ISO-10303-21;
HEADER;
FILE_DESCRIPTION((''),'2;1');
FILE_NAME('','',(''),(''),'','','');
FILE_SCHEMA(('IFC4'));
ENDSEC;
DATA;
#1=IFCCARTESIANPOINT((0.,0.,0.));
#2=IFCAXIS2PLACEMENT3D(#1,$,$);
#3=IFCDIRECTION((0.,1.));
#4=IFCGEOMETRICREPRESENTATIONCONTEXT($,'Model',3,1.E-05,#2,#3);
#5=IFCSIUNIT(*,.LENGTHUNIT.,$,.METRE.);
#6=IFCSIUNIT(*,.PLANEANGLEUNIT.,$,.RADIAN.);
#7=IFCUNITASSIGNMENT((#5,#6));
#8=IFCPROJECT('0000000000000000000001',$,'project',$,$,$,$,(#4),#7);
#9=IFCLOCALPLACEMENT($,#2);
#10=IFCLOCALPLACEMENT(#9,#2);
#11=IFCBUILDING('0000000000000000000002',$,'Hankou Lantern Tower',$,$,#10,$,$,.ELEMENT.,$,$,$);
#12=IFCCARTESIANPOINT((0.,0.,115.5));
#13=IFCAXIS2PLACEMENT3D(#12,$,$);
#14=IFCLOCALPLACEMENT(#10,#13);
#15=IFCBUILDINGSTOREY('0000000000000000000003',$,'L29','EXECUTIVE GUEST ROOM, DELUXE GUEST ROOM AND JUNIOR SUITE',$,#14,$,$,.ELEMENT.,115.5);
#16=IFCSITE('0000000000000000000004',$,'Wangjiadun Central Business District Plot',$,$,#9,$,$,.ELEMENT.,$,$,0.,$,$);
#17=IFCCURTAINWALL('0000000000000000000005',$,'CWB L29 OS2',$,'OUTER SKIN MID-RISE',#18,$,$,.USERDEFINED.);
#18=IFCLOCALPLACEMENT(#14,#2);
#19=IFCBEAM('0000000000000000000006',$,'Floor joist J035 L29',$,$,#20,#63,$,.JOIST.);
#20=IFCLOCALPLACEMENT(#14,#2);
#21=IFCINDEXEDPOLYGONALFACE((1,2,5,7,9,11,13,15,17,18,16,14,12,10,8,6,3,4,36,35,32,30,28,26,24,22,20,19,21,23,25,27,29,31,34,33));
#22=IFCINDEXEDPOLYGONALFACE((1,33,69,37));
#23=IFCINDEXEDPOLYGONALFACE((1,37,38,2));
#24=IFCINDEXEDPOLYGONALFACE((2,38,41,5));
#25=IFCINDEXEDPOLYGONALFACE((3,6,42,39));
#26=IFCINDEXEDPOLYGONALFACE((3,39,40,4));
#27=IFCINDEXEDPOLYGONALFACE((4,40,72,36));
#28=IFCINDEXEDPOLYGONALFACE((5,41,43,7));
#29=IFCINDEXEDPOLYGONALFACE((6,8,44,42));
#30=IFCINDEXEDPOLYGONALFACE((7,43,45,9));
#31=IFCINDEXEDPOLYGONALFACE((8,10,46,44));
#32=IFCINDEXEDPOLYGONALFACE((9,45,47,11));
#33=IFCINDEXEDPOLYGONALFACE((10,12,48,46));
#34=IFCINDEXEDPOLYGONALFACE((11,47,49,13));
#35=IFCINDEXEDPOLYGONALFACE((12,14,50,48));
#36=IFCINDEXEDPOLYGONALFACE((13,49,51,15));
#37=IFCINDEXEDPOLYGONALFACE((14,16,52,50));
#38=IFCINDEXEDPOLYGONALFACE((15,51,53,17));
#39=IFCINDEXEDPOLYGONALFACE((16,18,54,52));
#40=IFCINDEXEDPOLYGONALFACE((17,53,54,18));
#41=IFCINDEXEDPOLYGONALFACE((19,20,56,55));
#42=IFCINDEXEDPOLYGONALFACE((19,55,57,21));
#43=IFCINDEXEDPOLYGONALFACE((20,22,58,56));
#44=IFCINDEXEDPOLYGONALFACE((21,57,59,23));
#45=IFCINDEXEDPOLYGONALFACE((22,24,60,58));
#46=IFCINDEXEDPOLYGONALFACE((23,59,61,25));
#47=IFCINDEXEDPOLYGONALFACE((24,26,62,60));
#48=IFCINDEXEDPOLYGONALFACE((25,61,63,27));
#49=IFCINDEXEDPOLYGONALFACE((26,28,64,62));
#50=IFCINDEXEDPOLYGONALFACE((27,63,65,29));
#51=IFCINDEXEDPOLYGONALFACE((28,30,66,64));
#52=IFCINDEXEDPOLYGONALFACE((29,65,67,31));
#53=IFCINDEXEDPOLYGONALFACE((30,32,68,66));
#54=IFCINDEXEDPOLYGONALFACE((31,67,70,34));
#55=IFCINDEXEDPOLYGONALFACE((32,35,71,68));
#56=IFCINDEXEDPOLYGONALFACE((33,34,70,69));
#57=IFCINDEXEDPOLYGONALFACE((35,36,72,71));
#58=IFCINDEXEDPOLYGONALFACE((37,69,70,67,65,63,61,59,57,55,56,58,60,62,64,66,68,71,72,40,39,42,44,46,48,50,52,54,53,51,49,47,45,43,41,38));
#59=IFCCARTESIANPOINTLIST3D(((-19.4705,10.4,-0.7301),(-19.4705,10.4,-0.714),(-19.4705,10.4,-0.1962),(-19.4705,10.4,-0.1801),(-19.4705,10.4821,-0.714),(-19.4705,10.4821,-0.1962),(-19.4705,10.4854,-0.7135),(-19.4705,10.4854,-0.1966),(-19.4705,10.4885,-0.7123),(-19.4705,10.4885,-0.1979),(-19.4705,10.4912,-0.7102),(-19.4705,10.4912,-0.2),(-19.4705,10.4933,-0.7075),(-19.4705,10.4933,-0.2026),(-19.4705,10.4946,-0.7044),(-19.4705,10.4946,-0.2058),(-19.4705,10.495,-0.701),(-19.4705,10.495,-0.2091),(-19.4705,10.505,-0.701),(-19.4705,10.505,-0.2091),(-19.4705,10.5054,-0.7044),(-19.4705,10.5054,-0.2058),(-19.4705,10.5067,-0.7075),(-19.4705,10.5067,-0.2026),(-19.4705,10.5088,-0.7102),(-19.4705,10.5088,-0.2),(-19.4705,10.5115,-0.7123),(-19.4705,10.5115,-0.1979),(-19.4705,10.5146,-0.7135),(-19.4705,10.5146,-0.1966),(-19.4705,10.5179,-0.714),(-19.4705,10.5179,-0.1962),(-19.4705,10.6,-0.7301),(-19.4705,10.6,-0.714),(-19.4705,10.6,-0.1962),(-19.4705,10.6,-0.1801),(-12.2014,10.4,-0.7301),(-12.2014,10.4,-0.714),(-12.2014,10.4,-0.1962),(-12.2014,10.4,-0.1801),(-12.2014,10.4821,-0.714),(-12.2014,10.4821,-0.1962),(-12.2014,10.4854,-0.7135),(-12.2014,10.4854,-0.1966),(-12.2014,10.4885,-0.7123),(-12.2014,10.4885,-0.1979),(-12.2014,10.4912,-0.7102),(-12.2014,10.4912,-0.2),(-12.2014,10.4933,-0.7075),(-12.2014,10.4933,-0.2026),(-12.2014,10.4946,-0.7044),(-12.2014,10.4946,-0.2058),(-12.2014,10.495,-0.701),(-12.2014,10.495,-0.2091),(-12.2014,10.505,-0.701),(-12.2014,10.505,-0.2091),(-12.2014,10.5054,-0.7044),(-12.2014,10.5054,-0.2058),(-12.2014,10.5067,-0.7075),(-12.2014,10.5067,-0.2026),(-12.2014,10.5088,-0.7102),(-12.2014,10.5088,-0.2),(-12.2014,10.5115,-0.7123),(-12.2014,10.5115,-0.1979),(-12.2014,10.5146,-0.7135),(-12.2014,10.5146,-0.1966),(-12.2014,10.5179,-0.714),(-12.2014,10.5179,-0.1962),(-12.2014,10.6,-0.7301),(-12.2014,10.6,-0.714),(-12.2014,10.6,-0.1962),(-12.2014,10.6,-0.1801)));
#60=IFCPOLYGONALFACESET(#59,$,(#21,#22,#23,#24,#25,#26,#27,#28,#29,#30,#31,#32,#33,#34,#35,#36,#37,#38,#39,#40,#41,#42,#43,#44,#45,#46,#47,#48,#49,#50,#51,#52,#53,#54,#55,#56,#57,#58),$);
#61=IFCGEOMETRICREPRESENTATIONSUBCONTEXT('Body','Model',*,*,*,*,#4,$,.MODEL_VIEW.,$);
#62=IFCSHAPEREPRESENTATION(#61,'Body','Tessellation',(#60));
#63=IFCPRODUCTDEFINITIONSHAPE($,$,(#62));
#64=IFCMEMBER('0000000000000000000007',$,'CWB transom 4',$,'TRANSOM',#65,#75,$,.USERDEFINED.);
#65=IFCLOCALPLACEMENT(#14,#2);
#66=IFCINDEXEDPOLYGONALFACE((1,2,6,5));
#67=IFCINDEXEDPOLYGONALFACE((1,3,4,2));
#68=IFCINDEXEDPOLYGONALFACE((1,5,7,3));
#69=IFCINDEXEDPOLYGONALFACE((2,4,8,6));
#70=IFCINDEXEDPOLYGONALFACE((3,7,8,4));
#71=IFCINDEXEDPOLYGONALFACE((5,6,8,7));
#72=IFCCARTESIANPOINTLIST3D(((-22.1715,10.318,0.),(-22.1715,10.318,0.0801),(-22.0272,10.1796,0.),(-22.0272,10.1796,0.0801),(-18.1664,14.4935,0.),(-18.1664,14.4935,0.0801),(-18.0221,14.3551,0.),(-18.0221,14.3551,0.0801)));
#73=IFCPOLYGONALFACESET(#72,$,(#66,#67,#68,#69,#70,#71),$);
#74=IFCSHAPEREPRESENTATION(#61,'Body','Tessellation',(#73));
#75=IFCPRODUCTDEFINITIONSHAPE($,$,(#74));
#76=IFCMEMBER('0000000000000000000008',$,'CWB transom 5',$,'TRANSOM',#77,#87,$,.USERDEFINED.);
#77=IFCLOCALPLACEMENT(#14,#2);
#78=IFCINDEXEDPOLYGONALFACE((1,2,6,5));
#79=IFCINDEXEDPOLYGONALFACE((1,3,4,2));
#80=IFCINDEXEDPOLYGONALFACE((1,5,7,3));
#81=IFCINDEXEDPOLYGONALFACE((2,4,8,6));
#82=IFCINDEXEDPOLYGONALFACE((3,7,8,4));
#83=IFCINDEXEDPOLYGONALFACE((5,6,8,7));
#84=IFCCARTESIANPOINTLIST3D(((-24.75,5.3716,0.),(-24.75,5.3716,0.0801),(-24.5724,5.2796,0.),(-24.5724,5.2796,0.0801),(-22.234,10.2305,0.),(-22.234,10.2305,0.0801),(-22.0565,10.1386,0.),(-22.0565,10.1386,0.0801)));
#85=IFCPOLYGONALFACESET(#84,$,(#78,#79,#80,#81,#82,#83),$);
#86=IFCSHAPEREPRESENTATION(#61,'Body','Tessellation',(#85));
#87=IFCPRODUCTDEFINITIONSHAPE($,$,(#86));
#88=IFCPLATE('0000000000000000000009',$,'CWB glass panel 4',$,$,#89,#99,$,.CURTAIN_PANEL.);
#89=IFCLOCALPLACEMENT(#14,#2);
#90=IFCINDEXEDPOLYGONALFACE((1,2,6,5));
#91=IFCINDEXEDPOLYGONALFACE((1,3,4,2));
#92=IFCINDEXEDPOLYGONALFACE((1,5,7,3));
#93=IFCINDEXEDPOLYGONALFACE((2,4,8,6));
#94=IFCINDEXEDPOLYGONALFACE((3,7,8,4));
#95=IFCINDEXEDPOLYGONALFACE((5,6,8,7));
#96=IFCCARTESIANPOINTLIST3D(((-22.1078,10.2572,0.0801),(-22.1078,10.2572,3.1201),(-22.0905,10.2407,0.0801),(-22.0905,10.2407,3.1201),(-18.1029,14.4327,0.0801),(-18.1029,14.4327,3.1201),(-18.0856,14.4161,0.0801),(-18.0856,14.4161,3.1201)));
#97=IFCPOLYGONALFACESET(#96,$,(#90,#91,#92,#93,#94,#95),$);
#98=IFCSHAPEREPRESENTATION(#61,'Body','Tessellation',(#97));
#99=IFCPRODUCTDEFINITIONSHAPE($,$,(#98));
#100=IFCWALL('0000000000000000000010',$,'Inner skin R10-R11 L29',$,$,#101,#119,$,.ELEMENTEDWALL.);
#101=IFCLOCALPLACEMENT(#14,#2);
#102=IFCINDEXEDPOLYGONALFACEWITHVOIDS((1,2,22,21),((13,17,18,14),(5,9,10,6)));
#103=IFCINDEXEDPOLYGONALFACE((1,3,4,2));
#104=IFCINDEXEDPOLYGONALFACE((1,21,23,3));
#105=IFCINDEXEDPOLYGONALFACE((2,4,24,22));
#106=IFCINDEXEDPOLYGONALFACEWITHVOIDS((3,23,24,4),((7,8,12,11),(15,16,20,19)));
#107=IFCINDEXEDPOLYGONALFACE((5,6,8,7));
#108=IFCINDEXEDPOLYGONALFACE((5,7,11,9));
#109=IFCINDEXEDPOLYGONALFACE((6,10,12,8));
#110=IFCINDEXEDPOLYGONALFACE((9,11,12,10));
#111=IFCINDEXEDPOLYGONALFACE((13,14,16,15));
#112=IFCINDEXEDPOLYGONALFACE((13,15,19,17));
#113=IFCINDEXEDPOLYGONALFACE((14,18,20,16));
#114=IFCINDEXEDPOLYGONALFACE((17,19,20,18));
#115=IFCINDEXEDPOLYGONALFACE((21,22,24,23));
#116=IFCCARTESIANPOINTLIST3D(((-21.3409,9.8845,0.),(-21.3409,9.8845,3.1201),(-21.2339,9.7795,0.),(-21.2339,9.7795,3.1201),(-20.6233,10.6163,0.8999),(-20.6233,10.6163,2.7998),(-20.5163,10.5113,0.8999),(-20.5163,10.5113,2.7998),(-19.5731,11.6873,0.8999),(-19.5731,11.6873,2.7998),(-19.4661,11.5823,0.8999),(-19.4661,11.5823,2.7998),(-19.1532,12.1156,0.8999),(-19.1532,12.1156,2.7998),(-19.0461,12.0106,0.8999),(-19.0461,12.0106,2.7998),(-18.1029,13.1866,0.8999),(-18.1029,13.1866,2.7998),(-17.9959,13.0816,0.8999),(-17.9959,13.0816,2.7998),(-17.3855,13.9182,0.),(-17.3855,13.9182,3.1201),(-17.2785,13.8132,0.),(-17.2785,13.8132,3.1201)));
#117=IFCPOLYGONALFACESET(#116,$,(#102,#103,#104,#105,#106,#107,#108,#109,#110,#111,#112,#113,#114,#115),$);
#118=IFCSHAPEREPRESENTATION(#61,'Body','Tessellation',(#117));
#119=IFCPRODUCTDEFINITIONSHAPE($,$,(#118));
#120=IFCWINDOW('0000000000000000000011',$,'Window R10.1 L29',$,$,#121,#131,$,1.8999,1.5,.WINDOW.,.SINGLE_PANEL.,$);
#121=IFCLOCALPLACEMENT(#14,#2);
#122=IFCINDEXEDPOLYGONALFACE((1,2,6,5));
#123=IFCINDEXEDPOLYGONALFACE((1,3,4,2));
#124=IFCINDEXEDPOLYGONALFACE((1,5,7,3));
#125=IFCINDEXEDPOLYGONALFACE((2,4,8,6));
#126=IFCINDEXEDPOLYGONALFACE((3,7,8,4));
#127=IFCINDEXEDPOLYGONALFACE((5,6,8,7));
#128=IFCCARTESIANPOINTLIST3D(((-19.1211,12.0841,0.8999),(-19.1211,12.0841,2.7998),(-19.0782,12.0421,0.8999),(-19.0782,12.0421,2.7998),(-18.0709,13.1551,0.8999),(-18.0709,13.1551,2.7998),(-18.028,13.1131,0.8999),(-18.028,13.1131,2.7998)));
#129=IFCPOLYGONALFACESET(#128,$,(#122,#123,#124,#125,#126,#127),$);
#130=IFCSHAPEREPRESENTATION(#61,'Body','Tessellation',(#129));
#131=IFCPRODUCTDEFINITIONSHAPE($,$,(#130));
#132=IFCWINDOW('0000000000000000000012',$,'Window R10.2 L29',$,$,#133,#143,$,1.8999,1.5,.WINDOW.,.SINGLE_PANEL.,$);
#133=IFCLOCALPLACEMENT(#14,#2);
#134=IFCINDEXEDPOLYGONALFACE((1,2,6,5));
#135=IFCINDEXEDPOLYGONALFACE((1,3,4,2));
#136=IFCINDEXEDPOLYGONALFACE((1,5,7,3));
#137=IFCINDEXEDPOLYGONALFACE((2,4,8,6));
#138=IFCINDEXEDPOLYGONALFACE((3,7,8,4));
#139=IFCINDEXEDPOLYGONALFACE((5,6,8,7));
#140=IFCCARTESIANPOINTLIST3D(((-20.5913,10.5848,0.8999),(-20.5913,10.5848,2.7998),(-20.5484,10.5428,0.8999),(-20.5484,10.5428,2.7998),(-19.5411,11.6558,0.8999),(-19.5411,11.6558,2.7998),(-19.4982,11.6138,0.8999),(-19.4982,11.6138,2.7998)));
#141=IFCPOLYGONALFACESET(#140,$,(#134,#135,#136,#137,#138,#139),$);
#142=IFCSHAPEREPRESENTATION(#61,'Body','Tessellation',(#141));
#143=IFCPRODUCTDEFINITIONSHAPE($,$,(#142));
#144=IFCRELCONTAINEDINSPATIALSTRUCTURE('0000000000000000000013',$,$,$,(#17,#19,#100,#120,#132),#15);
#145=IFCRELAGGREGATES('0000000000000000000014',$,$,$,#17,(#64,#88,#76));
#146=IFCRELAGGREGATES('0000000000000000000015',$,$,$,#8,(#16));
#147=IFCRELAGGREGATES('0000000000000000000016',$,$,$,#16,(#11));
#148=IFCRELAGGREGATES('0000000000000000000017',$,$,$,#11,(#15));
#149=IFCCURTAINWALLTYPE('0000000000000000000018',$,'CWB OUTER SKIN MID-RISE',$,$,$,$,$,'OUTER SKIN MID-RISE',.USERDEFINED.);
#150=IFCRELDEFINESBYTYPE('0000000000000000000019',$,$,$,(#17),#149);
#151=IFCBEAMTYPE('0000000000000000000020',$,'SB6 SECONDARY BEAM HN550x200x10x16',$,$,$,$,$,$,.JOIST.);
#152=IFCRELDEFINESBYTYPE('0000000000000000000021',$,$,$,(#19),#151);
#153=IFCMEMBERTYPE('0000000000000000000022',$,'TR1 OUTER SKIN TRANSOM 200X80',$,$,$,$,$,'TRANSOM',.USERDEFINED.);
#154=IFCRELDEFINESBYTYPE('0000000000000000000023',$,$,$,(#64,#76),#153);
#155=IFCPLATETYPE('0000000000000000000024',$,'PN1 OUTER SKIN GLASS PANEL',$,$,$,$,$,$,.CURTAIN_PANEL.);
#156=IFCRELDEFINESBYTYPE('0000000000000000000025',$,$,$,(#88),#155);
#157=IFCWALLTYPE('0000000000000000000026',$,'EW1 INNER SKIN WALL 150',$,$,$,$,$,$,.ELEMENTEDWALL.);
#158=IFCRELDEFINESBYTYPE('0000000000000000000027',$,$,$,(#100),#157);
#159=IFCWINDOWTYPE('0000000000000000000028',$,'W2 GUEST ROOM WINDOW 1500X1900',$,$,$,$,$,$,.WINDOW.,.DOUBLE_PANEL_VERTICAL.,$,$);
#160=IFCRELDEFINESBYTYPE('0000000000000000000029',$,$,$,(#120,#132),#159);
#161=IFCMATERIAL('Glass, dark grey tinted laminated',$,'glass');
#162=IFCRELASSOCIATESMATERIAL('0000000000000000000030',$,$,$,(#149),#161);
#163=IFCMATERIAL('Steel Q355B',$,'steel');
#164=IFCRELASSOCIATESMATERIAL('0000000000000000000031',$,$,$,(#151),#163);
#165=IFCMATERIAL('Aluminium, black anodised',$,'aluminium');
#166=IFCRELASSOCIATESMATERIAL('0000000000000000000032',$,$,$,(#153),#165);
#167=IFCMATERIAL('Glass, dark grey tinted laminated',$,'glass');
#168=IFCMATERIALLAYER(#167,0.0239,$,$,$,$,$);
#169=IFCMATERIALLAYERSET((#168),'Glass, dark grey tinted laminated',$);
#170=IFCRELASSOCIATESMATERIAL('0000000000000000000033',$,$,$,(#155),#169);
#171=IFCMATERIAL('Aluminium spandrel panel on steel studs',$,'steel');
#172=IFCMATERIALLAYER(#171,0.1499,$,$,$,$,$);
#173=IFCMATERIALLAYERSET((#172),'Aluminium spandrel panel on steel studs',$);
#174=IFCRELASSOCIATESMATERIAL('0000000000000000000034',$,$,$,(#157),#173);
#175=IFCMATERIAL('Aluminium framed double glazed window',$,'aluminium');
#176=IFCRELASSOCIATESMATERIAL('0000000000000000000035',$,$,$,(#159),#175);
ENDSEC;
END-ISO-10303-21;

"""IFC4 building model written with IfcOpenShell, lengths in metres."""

from ifc_helpers import new_model, si_unit, direction, frame, frame_2d, origin, origin_2d, place, context, subcontext, project, spatial, rectangle, i_section, extrude, material, layer, layer_set, material_profile, profile_set, type_object, element, fill, aggregate, save


model = new_model("IFC4")

# Units and contexts
model_context = context("Model", 3, precision=1e-05, world=origin(), true_north=direction((0.0, 1.0)))
body_context = subcontext(model_context, "Body", "Model", "MODEL_VIEW")
ifc_project = project(units=[si_unit("LENGTHUNIT", "METRE"), si_unit("PLANEANGLEUNIT", "RADIAN")], contexts=[model_context])

# Site, building, storey
site_placement = place(None, origin())
site = spatial("IfcSite", under=ifc_project, at=site_placement, Name="Wangjiadun Central Business District Plot", CompositionType="ELEMENT", RefElevation=0.0)
building_placement = place(site_placement, origin())
building = spatial("IfcBuilding", under=site, at=building_placement, Name="Hankou Lantern Tower", CompositionType="ELEMENT")
storey_placement = place(building_placement, frame((0.0, 0.0, 115.5)))
storey = spatial("IfcBuildingStorey", under=building, at=storey_placement, Name="L29", Description="EXECUTIVE GUEST ROOM, DELUXE GUEST ROOM AND JUNIOR SUITE", CompositionType="ELEMENT", Elevation=115.5)

# Curtain wall
ifc_material_1 = material(Name="Glass, dark grey tinted laminated", Category="glass")
curtain_wall_type = type_object("IfcCurtainWallType", Name="CWB OUTER SKIN MID-RISE", ElementType="OUTER SKIN MID-RISE", PredefinedType="USERDEFINED", material=ifc_material_1)
curtain_wall_placement = place(storey_placement, origin())
curtain_wall = element("IfcCurtainWall", 1, at=curtain_wall_placement, inside=storey, type_object=curtain_wall_type, Name="CWB L29 OS2", ObjectType="OUTER SKIN MID-RISE", PredefinedType="USERDEFINED")

# Beam
ifc_material_2 = material(Name="Steel Q355B", Category="steel")
ifc_material_profile_1 = material_profile(ifc_material_2, i_section(OverallWidth=0.2, OverallDepth=0.55, WebThickness=0.01, FlangeThickness=0.0161, FilletRadius=0.0129, at=origin_2d()), Name="HN550x200x10x16")
ifc_profile_set_1 = profile_set([ifc_material_profile_1], Name="Steel Q355B")
beam_type_1 = type_object("IfcBeamType", Name="SB6 SECONDARY BEAM HN550x200x10x16", PredefinedType="JOIST", material=ifc_profile_set_1)
beam_1_placement = place(storey_placement, frame((-19.4705, 10.5, -0.4551), z_axis=(1.0, 0.0, 0.0), x_axis=(0.0, 1.0, 0.0)))
element("IfcBeam", 2, at=beam_1_placement, inside=storey, type_object=beam_type_1, Name="Floor joist J035 L29", PredefinedType="JOIST", context=body_context, shape_type="SweptSolid", body=[
    extrude(i_section(OverallWidth=0.2, OverallDepth=0.55, WebThickness=0.01, FlangeThickness=0.0161, FilletRadius=0.0129, at=origin_2d()), origin(), (0.0, 0.0, 1.0), 7.269),
])

# Members
ifc_material_3 = material(Name="Aluminium, black anodised", Category="aluminium")
ifc_material_profile_2 = material_profile(ifc_material_3, rectangle(XDim=0.2, YDim=0.0801, at=origin_2d()), Name="TR1 200X80")
ifc_profile_set_2 = profile_set([ifc_material_profile_2], Name="Aluminium, black anodised")
member_type_1 = type_object("IfcMemberType", Name="TR1 OUTER SKIN TRANSOM 200X80", ElementType="TRANSOM", PredefinedType="USERDEFINED", material=ifc_profile_set_2)
member_1_placement = place(storey_placement, frame((-18.0942, 14.4243, 0.04), z_axis=(-0.692227, -0.72168, 0.0), x_axis=(0.72168, -0.692227, 0.0)))
member_1 = element("IfcMember", 3, at=member_1_placement, type_object=member_type_1, Name="CWB transom 4", ObjectType="TRANSOM", PredefinedType="USERDEFINED", context=body_context, shape_type="SweptSolid", body=[
    extrude(rectangle(XDim=0.2, YDim=0.0801, at=origin_2d()), origin(), (0.0, 0.0, 1.0), 5.7859),
])
member_2_placement = place(storey_placement, frame((-22.1453, 10.1846, 0.04), z_axis=(-0.459805, -0.88802, 0.0), x_axis=(0.88802, -0.459805, 0.0)))
member_2 = element("IfcMember", 4, at=member_2_placement, type_object=member_type_1, Name="CWB transom 5", ObjectType="TRANSOM", PredefinedType="USERDEFINED", context=body_context, shape_type="SweptSolid", body=[
    extrude(rectangle(XDim=0.2, YDim=0.0801, at=origin_2d()), origin(), (0.0, 0.0, 1.0), 5.4717),
])

# Plate
ifc_material_4 = material(Name="Glass, dark grey tinted laminated", Category="glass")
ifc_layer_1 = layer(ifc_material_4, 0.0239)
ifc_layer_set_1 = layer_set([ifc_layer_1], Name="Glass, dark grey tinted laminated")
plate_type = type_object("IfcPlateType", Name="PN1 OUTER SKIN GLASS PANEL", PredefinedType="CURTAIN_PANEL", material=ifc_layer_set_1)
plate_placement = place(storey_placement, frame((-20.0967, 12.3367, 0.0801), z_axis=(0.0, 0.0, 1.0), x_axis=(-0.692216, -0.721691, 0.0)))
plate = element("IfcPlate", 5, at=plate_placement, type_object=plate_type, Name="CWB glass panel 4", PredefinedType="CURTAIN_PANEL", context=body_context, shape_type="SweptSolid", body=[
    extrude(rectangle(XDim=5.7856, YDim=0.0239, at=origin_2d()), origin(), (0.0, 0.0, 1.0), 3.04),
])
aggregate(curtain_wall, [member_1, plate, member_2])

# Wall, openings, windows
ifc_material_5 = material(Name="Aluminium spandrel panel on steel studs", Category="steel")
ifc_layer_2 = layer(ifc_material_5, 0.1499)
ifc_layer_set_2 = layer_set([ifc_layer_2], Name="Aluminium spandrel panel on steel studs")
wall_type = type_object("IfcWallType", Name="EW1 INNER SKIN WALL 150", PredefinedType="ELEMENTEDWALL", material=ifc_layer_set_2)
wall_1_placement = place(storey_placement, frame((-17.332, 13.8657, 0.0), z_axis=(0.0, 0.0, 1.0), x_axis=(-0.700137, -0.714009, 0.0)))
wall_1 = element("IfcWall", 6, at=wall_1_placement, inside=storey, type_object=wall_type, Name="Inner skin R10-R11 L29", PredefinedType="ELEMENTEDWALL", context=body_context, shape_type="SweptSolid", body=[
    extrude(rectangle(XDim=5.6494, YDim=0.1499, at=frame_2d((2.8247, 0.0))), origin(), (0.0, 0.0, 1.0), 3.1201),
])
opening_1_placement = place(wall_1_placement, frame((1.0247, 0.0, 0.8999)))
opening_1 = element("IfcOpeningElement", 7, at=opening_1_placement, cuts=wall_1, PredefinedType="OPENING", context=body_context, shape_type="SweptSolid", body=[
    extrude(rectangle(XDim=1.5, YDim=1.8999, at=frame_2d((0.75, 0.95))), frame((0.0, 0.085, 0.0), z_axis=(0.0, -1.0, 0.0), x_axis=(1.0, 0.0, 0.0)), (0.0, 0.0, 1.0), 0.1699),
])
opening_2_placement = place(wall_1_placement, frame((3.1245, 0.0, 0.8999)))
opening_2 = element("IfcOpeningElement", 8, at=opening_2_placement, cuts=wall_1, PredefinedType="OPENING", context=body_context, shape_type="SweptSolid", body=[
    extrude(rectangle(XDim=1.5, YDim=1.8999, at=frame_2d((0.75, 0.95))), frame((0.0, 0.085, 0.0), z_axis=(0.0, -1.0, 0.0), x_axis=(1.0, 0.0, 0.0)), (0.0, 0.0, 1.0), 0.1699),
])
ifc_material_6 = material(Name="Aluminium framed double glazed window", Category="aluminium")
window_type = type_object("IfcWindowType", Name="W2 GUEST ROOM WINDOW 1500X1900", PartitioningType="DOUBLE_PANEL_VERTICAL", PredefinedType="WINDOW", material=ifc_material_6)
window_1_placement = place(opening_1_placement, origin())
window_1 = element("IfcWindow", 9, at=window_1_placement, inside=storey, type_object=window_type, Name="Window R10.1 L29", OverallHeight=1.8999, OverallWidth=1.5, PartitioningType="SINGLE_PANEL", PredefinedType="WINDOW", context=body_context, shape_type="SweptSolid", body=[
    extrude(rectangle(XDim=1.5, YDim=1.8999, at=frame_2d((0.75, 0.95))), frame((0.0, 0.03, 0.0), z_axis=(0.0, -1.0, 0.0), x_axis=(1.0, 0.0, 0.0)), (0.0, 0.0, 1.0), 0.0601),
])
fill(opening_1, window_1)
window_2_placement = place(opening_2_placement, origin())
window_2 = element("IfcWindow", 10, at=window_2_placement, inside=storey, type_object=window_type, Name="Window R10.2 L29", OverallHeight=1.8999, OverallWidth=1.5, PartitioningType="SINGLE_PANEL", PredefinedType="WINDOW", context=body_context, shape_type="SweptSolid", body=[
    extrude(rectangle(XDim=1.5, YDim=1.8999, at=frame_2d((0.75, 0.95))), frame((0.0, 0.03, 0.0), z_axis=(0.0, -1.0, 0.0), x_axis=(1.0, 0.0, 0.0)), (0.0, 0.0, 1.0), 0.0601),
])
fill(opening_2, window_2)

save(model, "model.ifc")
